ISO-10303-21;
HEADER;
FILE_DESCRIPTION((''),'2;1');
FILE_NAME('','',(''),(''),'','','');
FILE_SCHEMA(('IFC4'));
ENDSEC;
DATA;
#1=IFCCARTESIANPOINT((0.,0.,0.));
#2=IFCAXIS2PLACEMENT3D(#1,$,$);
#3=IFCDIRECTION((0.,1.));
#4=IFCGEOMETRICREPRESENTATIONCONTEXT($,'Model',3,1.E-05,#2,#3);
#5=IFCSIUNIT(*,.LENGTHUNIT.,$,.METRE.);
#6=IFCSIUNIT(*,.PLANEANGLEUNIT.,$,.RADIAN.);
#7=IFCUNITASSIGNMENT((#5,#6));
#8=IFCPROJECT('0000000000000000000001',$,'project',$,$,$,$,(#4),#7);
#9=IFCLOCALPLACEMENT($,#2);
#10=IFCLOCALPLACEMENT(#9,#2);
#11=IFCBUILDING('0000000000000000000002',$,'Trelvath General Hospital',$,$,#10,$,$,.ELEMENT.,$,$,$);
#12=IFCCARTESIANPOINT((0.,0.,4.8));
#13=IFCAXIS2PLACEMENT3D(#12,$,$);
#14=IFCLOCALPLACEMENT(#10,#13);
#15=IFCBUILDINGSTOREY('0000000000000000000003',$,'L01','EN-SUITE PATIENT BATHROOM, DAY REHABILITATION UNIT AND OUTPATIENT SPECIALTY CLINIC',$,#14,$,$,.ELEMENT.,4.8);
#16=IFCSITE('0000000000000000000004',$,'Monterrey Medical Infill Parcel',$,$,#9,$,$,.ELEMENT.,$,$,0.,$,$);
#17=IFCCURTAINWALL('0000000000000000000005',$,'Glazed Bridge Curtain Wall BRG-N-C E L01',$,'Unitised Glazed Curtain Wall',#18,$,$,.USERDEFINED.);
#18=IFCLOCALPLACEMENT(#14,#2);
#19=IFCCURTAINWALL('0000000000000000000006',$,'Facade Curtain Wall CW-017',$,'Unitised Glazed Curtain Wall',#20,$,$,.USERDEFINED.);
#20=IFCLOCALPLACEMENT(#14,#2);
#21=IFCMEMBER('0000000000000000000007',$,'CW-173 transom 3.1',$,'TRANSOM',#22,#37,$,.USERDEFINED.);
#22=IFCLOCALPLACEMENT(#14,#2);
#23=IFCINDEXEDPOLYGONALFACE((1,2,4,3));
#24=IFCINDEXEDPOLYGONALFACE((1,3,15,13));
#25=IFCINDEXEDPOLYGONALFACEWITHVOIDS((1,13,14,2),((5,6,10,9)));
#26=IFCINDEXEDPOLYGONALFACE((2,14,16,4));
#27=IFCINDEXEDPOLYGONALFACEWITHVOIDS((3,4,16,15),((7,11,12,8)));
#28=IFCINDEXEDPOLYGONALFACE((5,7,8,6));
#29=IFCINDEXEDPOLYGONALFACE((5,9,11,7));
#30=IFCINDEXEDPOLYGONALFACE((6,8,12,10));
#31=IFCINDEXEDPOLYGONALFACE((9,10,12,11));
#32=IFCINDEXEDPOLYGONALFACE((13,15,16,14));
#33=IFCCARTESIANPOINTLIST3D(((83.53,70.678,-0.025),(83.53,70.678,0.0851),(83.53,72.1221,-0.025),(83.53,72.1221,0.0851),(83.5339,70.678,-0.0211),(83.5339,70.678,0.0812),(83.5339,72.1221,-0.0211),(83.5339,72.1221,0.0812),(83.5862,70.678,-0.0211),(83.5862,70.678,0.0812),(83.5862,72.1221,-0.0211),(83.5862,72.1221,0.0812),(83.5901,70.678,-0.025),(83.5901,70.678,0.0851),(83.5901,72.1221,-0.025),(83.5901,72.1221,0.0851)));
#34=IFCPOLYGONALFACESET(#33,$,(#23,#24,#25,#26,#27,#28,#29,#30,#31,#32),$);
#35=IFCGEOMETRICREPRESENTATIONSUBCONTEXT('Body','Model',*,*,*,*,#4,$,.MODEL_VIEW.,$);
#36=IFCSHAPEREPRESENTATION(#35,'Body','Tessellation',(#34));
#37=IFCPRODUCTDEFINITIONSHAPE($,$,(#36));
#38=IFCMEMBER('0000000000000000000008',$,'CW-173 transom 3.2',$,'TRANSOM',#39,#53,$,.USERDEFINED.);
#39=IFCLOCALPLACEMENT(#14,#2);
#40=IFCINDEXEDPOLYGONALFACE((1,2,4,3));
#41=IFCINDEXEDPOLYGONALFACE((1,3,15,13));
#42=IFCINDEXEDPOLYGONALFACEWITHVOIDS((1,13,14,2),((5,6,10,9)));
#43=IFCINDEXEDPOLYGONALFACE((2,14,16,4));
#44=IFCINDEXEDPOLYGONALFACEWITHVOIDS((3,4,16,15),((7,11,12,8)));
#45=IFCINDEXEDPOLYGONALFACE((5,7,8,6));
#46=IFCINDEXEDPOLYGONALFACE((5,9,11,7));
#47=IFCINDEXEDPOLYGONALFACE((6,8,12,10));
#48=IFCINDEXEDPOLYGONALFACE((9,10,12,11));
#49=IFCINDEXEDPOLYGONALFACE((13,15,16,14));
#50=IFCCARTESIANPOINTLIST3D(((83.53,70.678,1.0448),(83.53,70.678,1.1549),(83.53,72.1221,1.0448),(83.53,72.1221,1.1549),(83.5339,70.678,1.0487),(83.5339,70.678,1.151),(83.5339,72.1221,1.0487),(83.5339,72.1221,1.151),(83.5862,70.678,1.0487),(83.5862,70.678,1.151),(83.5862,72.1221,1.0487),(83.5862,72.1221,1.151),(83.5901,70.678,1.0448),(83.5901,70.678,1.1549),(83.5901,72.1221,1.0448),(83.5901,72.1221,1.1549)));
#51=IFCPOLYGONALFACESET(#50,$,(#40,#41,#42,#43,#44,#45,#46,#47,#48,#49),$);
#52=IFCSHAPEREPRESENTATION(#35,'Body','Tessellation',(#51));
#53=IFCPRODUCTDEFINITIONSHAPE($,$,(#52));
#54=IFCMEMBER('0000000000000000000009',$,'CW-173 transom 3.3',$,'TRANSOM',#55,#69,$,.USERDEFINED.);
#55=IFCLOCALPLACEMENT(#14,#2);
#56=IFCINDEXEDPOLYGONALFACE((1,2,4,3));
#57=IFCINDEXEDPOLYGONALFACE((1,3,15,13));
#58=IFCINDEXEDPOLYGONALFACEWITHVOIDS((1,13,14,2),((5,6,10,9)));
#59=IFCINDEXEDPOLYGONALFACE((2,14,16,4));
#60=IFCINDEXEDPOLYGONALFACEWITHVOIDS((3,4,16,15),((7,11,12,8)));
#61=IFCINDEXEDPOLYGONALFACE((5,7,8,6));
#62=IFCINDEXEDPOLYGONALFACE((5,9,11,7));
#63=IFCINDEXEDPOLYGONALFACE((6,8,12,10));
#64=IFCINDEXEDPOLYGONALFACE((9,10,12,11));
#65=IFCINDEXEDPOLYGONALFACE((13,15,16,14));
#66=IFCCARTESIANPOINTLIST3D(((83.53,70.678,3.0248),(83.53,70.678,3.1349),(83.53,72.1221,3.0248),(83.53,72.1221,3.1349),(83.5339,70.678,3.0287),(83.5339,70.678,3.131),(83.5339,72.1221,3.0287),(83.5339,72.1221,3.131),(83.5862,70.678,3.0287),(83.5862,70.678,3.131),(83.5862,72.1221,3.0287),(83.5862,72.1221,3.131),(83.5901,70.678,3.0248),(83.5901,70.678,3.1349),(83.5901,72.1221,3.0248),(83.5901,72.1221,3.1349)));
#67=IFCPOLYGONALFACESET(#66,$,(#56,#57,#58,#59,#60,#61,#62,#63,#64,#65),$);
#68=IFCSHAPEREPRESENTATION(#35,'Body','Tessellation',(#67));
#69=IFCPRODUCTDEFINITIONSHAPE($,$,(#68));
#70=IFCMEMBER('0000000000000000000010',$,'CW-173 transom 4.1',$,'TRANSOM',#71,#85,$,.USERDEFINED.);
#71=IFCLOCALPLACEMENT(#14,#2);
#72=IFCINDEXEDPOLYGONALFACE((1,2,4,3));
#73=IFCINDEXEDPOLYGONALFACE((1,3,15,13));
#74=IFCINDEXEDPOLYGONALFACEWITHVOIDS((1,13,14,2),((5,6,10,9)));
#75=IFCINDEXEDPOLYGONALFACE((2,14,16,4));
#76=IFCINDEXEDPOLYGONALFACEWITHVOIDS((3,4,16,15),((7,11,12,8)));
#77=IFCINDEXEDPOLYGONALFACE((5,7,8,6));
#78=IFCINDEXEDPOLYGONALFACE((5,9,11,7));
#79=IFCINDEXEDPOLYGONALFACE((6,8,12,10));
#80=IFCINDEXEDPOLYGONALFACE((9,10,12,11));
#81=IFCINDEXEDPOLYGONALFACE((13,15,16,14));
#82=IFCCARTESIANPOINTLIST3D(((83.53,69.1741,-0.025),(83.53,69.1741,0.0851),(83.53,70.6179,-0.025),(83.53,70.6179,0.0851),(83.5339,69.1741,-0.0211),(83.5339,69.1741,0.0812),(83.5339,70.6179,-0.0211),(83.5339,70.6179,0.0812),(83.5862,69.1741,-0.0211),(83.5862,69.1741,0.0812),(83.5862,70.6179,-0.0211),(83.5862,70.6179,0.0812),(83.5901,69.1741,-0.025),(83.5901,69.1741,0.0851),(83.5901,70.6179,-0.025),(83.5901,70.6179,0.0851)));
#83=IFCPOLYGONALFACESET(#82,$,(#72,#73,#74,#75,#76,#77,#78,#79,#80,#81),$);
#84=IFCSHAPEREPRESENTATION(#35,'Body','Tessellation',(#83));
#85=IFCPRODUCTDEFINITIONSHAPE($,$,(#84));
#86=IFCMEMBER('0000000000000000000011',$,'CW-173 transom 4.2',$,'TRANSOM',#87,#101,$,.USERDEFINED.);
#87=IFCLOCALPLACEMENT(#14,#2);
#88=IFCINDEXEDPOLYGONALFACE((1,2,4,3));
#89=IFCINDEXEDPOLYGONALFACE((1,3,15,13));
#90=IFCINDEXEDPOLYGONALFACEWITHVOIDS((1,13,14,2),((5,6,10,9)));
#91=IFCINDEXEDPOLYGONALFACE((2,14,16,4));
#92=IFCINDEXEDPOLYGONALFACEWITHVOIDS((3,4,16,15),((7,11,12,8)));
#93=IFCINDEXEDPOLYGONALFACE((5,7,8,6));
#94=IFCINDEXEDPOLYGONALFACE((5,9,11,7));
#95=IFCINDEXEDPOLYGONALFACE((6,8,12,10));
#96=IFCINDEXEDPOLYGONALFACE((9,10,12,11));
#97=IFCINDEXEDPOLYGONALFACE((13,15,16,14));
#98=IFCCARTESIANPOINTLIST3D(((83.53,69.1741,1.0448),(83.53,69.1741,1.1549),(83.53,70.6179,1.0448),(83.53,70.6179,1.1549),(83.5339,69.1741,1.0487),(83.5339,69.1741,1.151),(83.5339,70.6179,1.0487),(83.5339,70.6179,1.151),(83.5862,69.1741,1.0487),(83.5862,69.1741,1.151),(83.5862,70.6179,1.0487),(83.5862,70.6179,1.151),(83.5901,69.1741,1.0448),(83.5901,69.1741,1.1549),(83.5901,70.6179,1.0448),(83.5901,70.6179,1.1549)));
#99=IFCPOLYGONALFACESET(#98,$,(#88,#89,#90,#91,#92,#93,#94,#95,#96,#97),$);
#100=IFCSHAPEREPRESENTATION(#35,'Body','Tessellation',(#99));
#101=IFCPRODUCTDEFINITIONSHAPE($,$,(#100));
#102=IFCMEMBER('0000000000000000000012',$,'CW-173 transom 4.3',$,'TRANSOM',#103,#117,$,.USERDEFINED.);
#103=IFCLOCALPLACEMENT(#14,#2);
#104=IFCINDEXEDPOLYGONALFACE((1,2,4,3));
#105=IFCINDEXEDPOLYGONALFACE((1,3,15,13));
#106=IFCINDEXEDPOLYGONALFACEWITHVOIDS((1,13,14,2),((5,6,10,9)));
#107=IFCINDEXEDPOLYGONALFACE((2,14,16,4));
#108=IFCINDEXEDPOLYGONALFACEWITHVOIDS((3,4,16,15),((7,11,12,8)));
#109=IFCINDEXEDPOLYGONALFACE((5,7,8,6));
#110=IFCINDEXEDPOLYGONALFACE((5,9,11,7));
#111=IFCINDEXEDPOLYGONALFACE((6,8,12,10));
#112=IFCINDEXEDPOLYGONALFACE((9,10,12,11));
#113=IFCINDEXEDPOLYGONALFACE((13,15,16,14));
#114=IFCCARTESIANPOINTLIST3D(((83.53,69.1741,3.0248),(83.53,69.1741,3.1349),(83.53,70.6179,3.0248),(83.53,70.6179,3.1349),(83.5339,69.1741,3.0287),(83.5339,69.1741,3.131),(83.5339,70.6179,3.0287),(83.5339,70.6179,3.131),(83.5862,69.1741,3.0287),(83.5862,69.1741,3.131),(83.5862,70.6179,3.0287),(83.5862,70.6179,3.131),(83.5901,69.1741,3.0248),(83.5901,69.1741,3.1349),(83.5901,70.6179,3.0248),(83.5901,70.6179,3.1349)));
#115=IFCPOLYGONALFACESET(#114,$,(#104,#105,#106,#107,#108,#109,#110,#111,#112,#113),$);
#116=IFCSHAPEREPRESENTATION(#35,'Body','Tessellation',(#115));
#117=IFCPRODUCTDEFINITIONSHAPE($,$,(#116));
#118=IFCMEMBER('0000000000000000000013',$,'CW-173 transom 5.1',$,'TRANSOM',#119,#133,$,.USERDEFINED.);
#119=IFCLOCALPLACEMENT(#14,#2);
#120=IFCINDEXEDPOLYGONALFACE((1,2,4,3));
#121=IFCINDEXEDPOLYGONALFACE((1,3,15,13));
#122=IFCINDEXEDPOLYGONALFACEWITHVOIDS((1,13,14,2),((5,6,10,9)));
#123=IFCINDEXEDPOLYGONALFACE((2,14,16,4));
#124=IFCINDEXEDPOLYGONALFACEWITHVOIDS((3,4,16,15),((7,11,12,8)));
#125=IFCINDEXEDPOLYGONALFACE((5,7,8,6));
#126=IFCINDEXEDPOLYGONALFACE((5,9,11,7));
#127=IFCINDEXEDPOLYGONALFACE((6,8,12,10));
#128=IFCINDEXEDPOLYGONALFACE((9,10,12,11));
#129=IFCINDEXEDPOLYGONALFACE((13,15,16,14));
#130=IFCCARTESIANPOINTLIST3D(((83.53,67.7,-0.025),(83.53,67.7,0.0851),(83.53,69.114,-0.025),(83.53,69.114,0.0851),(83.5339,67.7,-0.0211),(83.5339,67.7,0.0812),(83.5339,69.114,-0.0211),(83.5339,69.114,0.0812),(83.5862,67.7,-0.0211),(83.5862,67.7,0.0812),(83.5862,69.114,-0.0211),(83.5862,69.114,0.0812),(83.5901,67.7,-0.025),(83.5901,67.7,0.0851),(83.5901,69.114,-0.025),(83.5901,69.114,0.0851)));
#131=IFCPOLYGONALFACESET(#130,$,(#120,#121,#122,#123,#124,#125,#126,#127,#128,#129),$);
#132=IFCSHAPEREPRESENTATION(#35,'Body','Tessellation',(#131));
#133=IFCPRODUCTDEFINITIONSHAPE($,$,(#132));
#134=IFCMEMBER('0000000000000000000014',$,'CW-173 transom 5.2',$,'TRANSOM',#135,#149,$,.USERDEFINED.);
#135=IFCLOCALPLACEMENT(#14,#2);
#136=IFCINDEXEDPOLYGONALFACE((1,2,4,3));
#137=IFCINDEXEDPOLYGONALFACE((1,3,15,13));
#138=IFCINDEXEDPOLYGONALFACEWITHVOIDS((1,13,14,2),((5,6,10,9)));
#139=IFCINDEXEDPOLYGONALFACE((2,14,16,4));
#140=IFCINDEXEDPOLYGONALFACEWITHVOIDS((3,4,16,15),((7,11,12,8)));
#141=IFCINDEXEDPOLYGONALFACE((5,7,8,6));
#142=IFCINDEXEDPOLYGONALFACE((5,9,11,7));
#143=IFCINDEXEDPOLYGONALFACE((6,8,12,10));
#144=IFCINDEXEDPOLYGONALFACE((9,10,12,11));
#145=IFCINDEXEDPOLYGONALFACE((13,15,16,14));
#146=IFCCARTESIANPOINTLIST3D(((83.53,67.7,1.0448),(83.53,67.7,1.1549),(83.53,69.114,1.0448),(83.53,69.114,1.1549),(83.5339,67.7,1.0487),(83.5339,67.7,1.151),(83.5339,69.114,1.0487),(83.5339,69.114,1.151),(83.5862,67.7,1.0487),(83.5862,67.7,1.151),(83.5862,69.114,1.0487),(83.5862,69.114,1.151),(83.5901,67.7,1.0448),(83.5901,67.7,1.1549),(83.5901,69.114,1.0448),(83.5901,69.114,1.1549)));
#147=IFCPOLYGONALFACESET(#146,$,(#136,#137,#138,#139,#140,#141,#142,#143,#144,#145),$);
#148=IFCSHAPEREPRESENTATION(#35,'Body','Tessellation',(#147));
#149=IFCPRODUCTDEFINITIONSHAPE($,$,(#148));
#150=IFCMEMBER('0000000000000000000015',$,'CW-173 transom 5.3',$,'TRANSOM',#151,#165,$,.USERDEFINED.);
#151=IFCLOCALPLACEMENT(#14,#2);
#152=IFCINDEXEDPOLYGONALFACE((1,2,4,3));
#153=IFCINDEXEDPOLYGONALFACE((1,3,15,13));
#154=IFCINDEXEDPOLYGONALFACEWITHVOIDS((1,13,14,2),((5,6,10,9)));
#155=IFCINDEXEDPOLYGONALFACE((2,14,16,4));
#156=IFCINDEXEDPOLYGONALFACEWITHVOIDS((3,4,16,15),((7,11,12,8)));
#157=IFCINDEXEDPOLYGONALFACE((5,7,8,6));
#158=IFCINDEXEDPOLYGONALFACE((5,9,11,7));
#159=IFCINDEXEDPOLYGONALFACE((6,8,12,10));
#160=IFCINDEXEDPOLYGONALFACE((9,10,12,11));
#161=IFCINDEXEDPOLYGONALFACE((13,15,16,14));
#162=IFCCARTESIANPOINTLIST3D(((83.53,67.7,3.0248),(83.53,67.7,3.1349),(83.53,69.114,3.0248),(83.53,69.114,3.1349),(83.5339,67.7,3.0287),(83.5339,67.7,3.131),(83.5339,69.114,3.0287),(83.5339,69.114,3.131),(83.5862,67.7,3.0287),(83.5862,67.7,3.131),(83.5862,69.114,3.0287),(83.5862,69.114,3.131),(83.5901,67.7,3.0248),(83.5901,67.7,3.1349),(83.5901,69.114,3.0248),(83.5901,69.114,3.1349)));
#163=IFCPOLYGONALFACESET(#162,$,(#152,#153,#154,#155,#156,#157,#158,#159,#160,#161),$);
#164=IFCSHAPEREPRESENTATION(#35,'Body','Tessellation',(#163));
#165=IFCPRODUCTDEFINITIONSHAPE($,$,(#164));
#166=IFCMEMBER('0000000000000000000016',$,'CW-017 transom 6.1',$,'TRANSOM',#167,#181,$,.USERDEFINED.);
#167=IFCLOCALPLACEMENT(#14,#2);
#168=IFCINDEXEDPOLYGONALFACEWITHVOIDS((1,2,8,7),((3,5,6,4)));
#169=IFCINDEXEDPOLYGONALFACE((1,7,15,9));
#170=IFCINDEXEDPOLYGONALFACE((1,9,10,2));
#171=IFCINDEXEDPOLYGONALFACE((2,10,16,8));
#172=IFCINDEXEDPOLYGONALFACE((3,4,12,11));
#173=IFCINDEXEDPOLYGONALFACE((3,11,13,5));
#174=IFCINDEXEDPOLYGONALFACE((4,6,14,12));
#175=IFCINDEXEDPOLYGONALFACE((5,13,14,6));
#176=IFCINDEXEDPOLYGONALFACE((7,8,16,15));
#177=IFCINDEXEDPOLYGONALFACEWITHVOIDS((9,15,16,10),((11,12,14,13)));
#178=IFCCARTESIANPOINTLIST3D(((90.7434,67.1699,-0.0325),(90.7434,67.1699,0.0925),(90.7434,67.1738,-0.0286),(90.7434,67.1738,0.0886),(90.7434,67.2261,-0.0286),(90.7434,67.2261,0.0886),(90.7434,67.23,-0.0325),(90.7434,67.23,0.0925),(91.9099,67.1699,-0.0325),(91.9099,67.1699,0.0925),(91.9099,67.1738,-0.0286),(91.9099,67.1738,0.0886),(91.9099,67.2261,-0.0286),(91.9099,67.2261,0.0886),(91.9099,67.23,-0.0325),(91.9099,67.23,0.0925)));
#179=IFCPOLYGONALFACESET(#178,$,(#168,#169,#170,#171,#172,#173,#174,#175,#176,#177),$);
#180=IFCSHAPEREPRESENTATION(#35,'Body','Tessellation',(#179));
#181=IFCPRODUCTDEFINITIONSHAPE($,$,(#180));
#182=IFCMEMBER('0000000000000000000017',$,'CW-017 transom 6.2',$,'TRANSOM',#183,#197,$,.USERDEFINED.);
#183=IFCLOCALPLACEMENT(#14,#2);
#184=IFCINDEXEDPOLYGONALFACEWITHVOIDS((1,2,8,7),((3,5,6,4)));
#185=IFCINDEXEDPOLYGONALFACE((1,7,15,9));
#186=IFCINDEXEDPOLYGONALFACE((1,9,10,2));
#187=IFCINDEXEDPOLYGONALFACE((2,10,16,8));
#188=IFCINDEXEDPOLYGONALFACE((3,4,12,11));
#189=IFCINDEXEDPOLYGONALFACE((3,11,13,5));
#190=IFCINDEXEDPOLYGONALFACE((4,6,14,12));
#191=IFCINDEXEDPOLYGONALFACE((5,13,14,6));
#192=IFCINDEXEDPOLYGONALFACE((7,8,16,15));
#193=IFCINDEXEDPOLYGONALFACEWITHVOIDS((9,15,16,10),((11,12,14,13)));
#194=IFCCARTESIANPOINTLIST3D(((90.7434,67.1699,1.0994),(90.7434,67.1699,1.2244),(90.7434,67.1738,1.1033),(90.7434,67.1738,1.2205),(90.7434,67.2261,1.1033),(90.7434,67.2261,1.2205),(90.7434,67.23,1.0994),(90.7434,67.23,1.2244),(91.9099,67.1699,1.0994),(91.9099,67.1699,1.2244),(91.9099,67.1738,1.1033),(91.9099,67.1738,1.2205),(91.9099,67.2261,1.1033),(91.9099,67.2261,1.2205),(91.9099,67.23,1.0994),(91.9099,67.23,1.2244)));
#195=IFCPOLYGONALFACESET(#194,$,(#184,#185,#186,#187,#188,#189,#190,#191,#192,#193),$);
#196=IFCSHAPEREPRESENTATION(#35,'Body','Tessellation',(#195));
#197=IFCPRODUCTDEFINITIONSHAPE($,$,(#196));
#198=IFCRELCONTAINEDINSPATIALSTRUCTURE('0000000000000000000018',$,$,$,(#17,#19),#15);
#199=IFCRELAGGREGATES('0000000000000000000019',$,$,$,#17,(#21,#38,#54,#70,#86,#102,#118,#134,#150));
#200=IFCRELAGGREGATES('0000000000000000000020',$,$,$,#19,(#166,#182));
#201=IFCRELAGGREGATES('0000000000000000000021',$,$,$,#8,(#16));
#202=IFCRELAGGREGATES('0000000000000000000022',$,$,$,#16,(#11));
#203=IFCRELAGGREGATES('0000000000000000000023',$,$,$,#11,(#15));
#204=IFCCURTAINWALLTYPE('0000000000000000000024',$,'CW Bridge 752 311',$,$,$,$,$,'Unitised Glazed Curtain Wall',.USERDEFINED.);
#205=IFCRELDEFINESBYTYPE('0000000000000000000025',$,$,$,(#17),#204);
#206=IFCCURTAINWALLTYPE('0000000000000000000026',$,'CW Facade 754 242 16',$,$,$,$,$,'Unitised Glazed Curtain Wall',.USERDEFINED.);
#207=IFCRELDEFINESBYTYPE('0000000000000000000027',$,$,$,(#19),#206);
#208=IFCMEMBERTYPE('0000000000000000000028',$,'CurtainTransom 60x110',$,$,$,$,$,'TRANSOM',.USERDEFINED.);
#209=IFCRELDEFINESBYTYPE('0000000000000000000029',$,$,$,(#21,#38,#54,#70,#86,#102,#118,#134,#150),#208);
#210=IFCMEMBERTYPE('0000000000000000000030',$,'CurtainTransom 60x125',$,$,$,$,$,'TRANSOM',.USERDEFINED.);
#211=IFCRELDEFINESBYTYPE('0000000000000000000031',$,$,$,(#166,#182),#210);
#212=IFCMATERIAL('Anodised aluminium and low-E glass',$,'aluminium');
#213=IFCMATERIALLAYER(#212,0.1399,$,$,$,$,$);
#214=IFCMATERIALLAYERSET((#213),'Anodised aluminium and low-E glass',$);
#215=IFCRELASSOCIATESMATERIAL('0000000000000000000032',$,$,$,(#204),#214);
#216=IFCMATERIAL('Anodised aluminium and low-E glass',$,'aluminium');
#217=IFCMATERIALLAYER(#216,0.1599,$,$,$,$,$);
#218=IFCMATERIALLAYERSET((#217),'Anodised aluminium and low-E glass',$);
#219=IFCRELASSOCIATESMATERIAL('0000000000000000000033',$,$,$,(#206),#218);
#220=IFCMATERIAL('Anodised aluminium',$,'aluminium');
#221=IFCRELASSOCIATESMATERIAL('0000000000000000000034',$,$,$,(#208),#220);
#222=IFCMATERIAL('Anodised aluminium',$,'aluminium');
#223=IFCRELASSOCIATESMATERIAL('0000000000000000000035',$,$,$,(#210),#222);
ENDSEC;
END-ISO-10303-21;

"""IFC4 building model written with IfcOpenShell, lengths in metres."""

from ifc_helpers import new_model, si_unit, direction, frame, origin, origin_2d, place, context, subcontext, project, spatial, hollow_rectangle, extrude, material, layer, layer_set, material_profile, profile_set, type_object, element, aggregate, save


model = new_model("IFC4")

# Units and contexts
model_context = context("Model", 3, precision=1e-05, world=origin(), true_north=direction((0.0, 1.0)))
body_context = subcontext(model_context, "Body", "Model", "MODEL_VIEW")
ifc_project = project(units=[si_unit("LENGTHUNIT", "METRE"), si_unit("PLANEANGLEUNIT", "RADIAN")], contexts=[model_context])

# Site, building, storey
site_placement = place(None, origin())
site = spatial("IfcSite", under=ifc_project, at=site_placement, Name="Monterrey Medical Infill Parcel", CompositionType="ELEMENT", RefElevation=0.0)
building_placement = place(site_placement, origin())
building = spatial("IfcBuilding", under=site, at=building_placement, Name="Trelvath General Hospital", CompositionType="ELEMENT")
storey_placement = place(building_placement, frame((0.0, 0.0, 4.8)))
storey = spatial("IfcBuildingStorey", under=building, at=storey_placement, Name="L01", Description="EN-SUITE PATIENT BATHROOM, DAY REHABILITATION UNIT AND OUTPATIENT SPECIALTY CLINIC", CompositionType="ELEMENT", Elevation=4.8)

# Curtain wall
ifc_material_1 = material(Name="Anodised aluminium and low-E glass", Category="aluminium")
ifc_layer_1 = layer(ifc_material_1, 0.1399)
ifc_layer_set_1 = layer_set([ifc_layer_1], Name="Anodised aluminium and low-E glass")
curtain_wall_type_1 = type_object("IfcCurtainWallType", Name="CW Bridge 752 311", ElementType="Unitised Glazed Curtain Wall", PredefinedType="USERDEFINED", material=ifc_layer_set_1)
curtain_wall_1_placement = place(storey_placement, origin())
curtain_wall_1 = element("IfcCurtainWall", 1, at=curtain_wall_1_placement, inside=storey, type_object=curtain_wall_type_1, Name="Glazed Bridge Curtain Wall BRG-N-C E L01", ObjectType="Unitised Glazed Curtain Wall", PredefinedType="USERDEFINED")

# Curtain wall
ifc_material_2 = material(Name="Anodised aluminium and low-E glass", Category="aluminium")
ifc_layer_2 = layer(ifc_material_2, 0.1599)
ifc_layer_set_2 = layer_set([ifc_layer_2], Name="Anodised aluminium and low-E glass")
curtain_wall_type_2 = type_object("IfcCurtainWallType", Name="CW Facade 754 242 16", ElementType="Unitised Glazed Curtain Wall", PredefinedType="USERDEFINED", material=ifc_layer_set_2)
curtain_wall_2_placement = place(storey_placement, origin())
curtain_wall_2 = element("IfcCurtainWall", 2, at=curtain_wall_2_placement, inside=storey, type_object=curtain_wall_type_2, Name="Facade Curtain Wall CW-017", ObjectType="Unitised Glazed Curtain Wall", PredefinedType="USERDEFINED")

# Members
ifc_material_3 = material(Name="Anodised aluminium", Category="aluminium")
ifc_material_profile_1 = material_profile(ifc_material_3, hollow_rectangle(XDim=0.0601, YDim=0.1101, WallThickness=0.0039, at=origin_2d()), Name="RHS60x110x4")
ifc_profile_set_1 = profile_set([ifc_material_profile_1], Name="Anodised aluminium")
member_type_1 = type_object("IfcMemberType", Name="CurtainTransom 60x110", ElementType="TRANSOM", PredefinedType="USERDEFINED", material=ifc_profile_set_1)
member_1_placement = place(storey_placement, frame((83.5601, 72.1221, 0.03), z_axis=(0.0, -1.0, 0.0), x_axis=(1.0, 0.0, 0.0)))
member_1 = element("IfcMember", 3, at=member_1_placement, type_object=member_type_1, Name="CW-173 transom 3.1", ObjectType="TRANSOM", PredefinedType="USERDEFINED", context=body_context, shape_type="SweptSolid", body=[
    extrude(hollow_rectangle(XDim=0.0601, YDim=0.1101, WallThickness=0.0039, at=origin_2d()), origin(), (0.0, 0.0, 1.0), 1.4441),
])
member_2_placement = place(storey_placement, frame((83.5601, 72.1221, 1.0999), z_axis=(0.0, -1.0, 0.0), x_axis=(1.0, 0.0, 0.0)))
member_2 = element("IfcMember", 4, at=member_2_placement, type_object=member_type_1, Name="CW-173 transom 3.2", ObjectType="TRANSOM", PredefinedType="USERDEFINED", context=body_context, shape_type="SweptSolid", body=[
    extrude(hollow_rectangle(XDim=0.0601, YDim=0.1101, WallThickness=0.0039, at=origin_2d()), origin(), (0.0, 0.0, 1.0), 1.4441),
])
member_3_placement = place(storey_placement, frame((83.5601, 72.1221, 3.0798), z_axis=(0.0, -1.0, 0.0), x_axis=(1.0, 0.0, 0.0)))
member_3 = element("IfcMember", 5, at=member_3_placement, type_object=member_type_1, Name="CW-173 transom 3.3", ObjectType="TRANSOM", PredefinedType="USERDEFINED", context=body_context, shape_type="SweptSolid", body=[
    extrude(hollow_rectangle(XDim=0.0601, YDim=0.1101, WallThickness=0.0039, at=origin_2d()), origin(), (0.0, 0.0, 1.0), 1.4441),
])
member_4_placement = place(storey_placement, frame((83.5601, 70.6179, 0.03), z_axis=(0.0, -1.0, 0.0), x_axis=(1.0, 0.0, 0.0)))
member_4 = element("IfcMember", 6, at=member_4_placement, type_object=member_type_1, Name="CW-173 transom 4.1", ObjectType="TRANSOM", PredefinedType="USERDEFINED", context=body_context, shape_type="SweptSolid", body=[
    extrude(hollow_rectangle(XDim=0.0601, YDim=0.1101, WallThickness=0.0039, at=origin_2d()), origin(), (0.0, 0.0, 1.0), 1.4438),
])
member_5_placement = place(storey_placement, frame((83.5601, 70.6179, 1.0999), z_axis=(0.0, -1.0, 0.0), x_axis=(1.0, 0.0, 0.0)))
member_5 = element("IfcMember", 7, at=member_5_placement, type_object=member_type_1, Name="CW-173 transom 4.2", ObjectType="TRANSOM", PredefinedType="USERDEFINED", context=body_context, shape_type="SweptSolid", body=[
    extrude(hollow_rectangle(XDim=0.0601, YDim=0.1101, WallThickness=0.0039, at=origin_2d()), origin(), (0.0, 0.0, 1.0), 1.4438),
])
member_6_placement = place(storey_placement, frame((83.5601, 70.6179, 3.0798), z_axis=(0.0, -1.0, 0.0), x_axis=(1.0, 0.0, 0.0)))
member_6 = element("IfcMember", 8, at=member_6_placement, type_object=member_type_1, Name="CW-173 transom 4.3", ObjectType="TRANSOM", PredefinedType="USERDEFINED", context=body_context, shape_type="SweptSolid", body=[
    extrude(hollow_rectangle(XDim=0.0601, YDim=0.1101, WallThickness=0.0039, at=origin_2d()), origin(), (0.0, 0.0, 1.0), 1.4438),
])
member_7_placement = place(storey_placement, frame((83.5601, 69.114, 0.03), z_axis=(0.0, -1.0, 0.0), x_axis=(1.0, 0.0, 0.0)))
member_7 = element("IfcMember", 9, at=member_7_placement, type_object=member_type_1, Name="CW-173 transom 5.1", ObjectType="TRANSOM", PredefinedType="USERDEFINED", context=body_context, shape_type="SweptSolid", body=[
    extrude(hollow_rectangle(XDim=0.0601, YDim=0.1101, WallThickness=0.0039, at=origin_2d()), origin(), (0.0, 0.0, 1.0), 1.4141),
])
member_8_placement = place(storey_placement, frame((83.5601, 69.114, 1.0999), z_axis=(0.0, -1.0, 0.0), x_axis=(1.0, 0.0, 0.0)))
member_8 = element("IfcMember", 10, at=member_8_placement, type_object=member_type_1, Name="CW-173 transom 5.2", ObjectType="TRANSOM", PredefinedType="USERDEFINED", context=body_context, shape_type="SweptSolid", body=[
    extrude(hollow_rectangle(XDim=0.0601, YDim=0.1101, WallThickness=0.0039, at=origin_2d()), origin(), (0.0, 0.0, 1.0), 1.4141),
])
member_9_placement = place(storey_placement, frame((83.5601, 69.114, 3.0798), z_axis=(0.0, -1.0, 0.0), x_axis=(1.0, 0.0, 0.0)))
member_9 = element("IfcMember", 11, at=member_9_placement, type_object=member_type_1, Name="CW-173 transom 5.3", ObjectType="TRANSOM", PredefinedType="USERDEFINED", context=body_context, shape_type="SweptSolid", body=[
    extrude(hollow_rectangle(XDim=0.0601, YDim=0.1101, WallThickness=0.0039, at=origin_2d()), origin(), (0.0, 0.0, 1.0), 1.4141),
])
ifc_material_4 = material(Name="Anodised aluminium", Category="aluminium")
ifc_material_profile_2 = material_profile(ifc_material_4, hollow_rectangle(XDim=0.0601, YDim=0.125, WallThickness=0.0039, at=origin_2d()), Name="RHS60x125x4")
ifc_profile_set_2 = profile_set([ifc_material_profile_2], Name="Anodised aluminium")
member_type_2 = type_object("IfcMemberType", Name="CurtainTransom 60x125", ElementType="TRANSOM", PredefinedType="USERDEFINED", material=ifc_profile_set_2)
member_10_placement = place(storey_placement, frame((90.7434, 67.2, 0.03), z_axis=(1.0, 0.0, 0.0), x_axis=(0.0, 1.0, 0.0)))
member_10 = element("IfcMember", 12, at=member_10_placement, type_object=member_type_2, Name="CW-017 transom 6.1", ObjectType="TRANSOM", PredefinedType="USERDEFINED", context=body_context, shape_type="SweptSolid", body=[
    extrude(hollow_rectangle(XDim=0.0601, YDim=0.125, WallThickness=0.0039, at=origin_2d()), origin(), (0.0, 0.0, 1.0), 1.1665),
])
member_11_placement = place(storey_placement, frame((90.7434, 67.2, 1.1619), z_axis=(1.0, 0.0, 0.0), x_axis=(0.0, 1.0, 0.0)))
member_11 = element("IfcMember", 13, at=member_11_placement, type_object=member_type_2, Name="CW-017 transom 6.2", ObjectType="TRANSOM", PredefinedType="USERDEFINED", context=body_context, shape_type="SweptSolid", body=[
    extrude(hollow_rectangle(XDim=0.0601, YDim=0.125, WallThickness=0.0039, at=origin_2d()), origin(), (0.0, 0.0, 1.0), 1.1665),
])

aggregate(curtain_wall_1, [member_1, member_2, member_3, member_4, member_5, member_6, member_7, member_8, member_9])
aggregate(curtain_wall_2, [member_10, member_11])

save(model, "model.ifc")
